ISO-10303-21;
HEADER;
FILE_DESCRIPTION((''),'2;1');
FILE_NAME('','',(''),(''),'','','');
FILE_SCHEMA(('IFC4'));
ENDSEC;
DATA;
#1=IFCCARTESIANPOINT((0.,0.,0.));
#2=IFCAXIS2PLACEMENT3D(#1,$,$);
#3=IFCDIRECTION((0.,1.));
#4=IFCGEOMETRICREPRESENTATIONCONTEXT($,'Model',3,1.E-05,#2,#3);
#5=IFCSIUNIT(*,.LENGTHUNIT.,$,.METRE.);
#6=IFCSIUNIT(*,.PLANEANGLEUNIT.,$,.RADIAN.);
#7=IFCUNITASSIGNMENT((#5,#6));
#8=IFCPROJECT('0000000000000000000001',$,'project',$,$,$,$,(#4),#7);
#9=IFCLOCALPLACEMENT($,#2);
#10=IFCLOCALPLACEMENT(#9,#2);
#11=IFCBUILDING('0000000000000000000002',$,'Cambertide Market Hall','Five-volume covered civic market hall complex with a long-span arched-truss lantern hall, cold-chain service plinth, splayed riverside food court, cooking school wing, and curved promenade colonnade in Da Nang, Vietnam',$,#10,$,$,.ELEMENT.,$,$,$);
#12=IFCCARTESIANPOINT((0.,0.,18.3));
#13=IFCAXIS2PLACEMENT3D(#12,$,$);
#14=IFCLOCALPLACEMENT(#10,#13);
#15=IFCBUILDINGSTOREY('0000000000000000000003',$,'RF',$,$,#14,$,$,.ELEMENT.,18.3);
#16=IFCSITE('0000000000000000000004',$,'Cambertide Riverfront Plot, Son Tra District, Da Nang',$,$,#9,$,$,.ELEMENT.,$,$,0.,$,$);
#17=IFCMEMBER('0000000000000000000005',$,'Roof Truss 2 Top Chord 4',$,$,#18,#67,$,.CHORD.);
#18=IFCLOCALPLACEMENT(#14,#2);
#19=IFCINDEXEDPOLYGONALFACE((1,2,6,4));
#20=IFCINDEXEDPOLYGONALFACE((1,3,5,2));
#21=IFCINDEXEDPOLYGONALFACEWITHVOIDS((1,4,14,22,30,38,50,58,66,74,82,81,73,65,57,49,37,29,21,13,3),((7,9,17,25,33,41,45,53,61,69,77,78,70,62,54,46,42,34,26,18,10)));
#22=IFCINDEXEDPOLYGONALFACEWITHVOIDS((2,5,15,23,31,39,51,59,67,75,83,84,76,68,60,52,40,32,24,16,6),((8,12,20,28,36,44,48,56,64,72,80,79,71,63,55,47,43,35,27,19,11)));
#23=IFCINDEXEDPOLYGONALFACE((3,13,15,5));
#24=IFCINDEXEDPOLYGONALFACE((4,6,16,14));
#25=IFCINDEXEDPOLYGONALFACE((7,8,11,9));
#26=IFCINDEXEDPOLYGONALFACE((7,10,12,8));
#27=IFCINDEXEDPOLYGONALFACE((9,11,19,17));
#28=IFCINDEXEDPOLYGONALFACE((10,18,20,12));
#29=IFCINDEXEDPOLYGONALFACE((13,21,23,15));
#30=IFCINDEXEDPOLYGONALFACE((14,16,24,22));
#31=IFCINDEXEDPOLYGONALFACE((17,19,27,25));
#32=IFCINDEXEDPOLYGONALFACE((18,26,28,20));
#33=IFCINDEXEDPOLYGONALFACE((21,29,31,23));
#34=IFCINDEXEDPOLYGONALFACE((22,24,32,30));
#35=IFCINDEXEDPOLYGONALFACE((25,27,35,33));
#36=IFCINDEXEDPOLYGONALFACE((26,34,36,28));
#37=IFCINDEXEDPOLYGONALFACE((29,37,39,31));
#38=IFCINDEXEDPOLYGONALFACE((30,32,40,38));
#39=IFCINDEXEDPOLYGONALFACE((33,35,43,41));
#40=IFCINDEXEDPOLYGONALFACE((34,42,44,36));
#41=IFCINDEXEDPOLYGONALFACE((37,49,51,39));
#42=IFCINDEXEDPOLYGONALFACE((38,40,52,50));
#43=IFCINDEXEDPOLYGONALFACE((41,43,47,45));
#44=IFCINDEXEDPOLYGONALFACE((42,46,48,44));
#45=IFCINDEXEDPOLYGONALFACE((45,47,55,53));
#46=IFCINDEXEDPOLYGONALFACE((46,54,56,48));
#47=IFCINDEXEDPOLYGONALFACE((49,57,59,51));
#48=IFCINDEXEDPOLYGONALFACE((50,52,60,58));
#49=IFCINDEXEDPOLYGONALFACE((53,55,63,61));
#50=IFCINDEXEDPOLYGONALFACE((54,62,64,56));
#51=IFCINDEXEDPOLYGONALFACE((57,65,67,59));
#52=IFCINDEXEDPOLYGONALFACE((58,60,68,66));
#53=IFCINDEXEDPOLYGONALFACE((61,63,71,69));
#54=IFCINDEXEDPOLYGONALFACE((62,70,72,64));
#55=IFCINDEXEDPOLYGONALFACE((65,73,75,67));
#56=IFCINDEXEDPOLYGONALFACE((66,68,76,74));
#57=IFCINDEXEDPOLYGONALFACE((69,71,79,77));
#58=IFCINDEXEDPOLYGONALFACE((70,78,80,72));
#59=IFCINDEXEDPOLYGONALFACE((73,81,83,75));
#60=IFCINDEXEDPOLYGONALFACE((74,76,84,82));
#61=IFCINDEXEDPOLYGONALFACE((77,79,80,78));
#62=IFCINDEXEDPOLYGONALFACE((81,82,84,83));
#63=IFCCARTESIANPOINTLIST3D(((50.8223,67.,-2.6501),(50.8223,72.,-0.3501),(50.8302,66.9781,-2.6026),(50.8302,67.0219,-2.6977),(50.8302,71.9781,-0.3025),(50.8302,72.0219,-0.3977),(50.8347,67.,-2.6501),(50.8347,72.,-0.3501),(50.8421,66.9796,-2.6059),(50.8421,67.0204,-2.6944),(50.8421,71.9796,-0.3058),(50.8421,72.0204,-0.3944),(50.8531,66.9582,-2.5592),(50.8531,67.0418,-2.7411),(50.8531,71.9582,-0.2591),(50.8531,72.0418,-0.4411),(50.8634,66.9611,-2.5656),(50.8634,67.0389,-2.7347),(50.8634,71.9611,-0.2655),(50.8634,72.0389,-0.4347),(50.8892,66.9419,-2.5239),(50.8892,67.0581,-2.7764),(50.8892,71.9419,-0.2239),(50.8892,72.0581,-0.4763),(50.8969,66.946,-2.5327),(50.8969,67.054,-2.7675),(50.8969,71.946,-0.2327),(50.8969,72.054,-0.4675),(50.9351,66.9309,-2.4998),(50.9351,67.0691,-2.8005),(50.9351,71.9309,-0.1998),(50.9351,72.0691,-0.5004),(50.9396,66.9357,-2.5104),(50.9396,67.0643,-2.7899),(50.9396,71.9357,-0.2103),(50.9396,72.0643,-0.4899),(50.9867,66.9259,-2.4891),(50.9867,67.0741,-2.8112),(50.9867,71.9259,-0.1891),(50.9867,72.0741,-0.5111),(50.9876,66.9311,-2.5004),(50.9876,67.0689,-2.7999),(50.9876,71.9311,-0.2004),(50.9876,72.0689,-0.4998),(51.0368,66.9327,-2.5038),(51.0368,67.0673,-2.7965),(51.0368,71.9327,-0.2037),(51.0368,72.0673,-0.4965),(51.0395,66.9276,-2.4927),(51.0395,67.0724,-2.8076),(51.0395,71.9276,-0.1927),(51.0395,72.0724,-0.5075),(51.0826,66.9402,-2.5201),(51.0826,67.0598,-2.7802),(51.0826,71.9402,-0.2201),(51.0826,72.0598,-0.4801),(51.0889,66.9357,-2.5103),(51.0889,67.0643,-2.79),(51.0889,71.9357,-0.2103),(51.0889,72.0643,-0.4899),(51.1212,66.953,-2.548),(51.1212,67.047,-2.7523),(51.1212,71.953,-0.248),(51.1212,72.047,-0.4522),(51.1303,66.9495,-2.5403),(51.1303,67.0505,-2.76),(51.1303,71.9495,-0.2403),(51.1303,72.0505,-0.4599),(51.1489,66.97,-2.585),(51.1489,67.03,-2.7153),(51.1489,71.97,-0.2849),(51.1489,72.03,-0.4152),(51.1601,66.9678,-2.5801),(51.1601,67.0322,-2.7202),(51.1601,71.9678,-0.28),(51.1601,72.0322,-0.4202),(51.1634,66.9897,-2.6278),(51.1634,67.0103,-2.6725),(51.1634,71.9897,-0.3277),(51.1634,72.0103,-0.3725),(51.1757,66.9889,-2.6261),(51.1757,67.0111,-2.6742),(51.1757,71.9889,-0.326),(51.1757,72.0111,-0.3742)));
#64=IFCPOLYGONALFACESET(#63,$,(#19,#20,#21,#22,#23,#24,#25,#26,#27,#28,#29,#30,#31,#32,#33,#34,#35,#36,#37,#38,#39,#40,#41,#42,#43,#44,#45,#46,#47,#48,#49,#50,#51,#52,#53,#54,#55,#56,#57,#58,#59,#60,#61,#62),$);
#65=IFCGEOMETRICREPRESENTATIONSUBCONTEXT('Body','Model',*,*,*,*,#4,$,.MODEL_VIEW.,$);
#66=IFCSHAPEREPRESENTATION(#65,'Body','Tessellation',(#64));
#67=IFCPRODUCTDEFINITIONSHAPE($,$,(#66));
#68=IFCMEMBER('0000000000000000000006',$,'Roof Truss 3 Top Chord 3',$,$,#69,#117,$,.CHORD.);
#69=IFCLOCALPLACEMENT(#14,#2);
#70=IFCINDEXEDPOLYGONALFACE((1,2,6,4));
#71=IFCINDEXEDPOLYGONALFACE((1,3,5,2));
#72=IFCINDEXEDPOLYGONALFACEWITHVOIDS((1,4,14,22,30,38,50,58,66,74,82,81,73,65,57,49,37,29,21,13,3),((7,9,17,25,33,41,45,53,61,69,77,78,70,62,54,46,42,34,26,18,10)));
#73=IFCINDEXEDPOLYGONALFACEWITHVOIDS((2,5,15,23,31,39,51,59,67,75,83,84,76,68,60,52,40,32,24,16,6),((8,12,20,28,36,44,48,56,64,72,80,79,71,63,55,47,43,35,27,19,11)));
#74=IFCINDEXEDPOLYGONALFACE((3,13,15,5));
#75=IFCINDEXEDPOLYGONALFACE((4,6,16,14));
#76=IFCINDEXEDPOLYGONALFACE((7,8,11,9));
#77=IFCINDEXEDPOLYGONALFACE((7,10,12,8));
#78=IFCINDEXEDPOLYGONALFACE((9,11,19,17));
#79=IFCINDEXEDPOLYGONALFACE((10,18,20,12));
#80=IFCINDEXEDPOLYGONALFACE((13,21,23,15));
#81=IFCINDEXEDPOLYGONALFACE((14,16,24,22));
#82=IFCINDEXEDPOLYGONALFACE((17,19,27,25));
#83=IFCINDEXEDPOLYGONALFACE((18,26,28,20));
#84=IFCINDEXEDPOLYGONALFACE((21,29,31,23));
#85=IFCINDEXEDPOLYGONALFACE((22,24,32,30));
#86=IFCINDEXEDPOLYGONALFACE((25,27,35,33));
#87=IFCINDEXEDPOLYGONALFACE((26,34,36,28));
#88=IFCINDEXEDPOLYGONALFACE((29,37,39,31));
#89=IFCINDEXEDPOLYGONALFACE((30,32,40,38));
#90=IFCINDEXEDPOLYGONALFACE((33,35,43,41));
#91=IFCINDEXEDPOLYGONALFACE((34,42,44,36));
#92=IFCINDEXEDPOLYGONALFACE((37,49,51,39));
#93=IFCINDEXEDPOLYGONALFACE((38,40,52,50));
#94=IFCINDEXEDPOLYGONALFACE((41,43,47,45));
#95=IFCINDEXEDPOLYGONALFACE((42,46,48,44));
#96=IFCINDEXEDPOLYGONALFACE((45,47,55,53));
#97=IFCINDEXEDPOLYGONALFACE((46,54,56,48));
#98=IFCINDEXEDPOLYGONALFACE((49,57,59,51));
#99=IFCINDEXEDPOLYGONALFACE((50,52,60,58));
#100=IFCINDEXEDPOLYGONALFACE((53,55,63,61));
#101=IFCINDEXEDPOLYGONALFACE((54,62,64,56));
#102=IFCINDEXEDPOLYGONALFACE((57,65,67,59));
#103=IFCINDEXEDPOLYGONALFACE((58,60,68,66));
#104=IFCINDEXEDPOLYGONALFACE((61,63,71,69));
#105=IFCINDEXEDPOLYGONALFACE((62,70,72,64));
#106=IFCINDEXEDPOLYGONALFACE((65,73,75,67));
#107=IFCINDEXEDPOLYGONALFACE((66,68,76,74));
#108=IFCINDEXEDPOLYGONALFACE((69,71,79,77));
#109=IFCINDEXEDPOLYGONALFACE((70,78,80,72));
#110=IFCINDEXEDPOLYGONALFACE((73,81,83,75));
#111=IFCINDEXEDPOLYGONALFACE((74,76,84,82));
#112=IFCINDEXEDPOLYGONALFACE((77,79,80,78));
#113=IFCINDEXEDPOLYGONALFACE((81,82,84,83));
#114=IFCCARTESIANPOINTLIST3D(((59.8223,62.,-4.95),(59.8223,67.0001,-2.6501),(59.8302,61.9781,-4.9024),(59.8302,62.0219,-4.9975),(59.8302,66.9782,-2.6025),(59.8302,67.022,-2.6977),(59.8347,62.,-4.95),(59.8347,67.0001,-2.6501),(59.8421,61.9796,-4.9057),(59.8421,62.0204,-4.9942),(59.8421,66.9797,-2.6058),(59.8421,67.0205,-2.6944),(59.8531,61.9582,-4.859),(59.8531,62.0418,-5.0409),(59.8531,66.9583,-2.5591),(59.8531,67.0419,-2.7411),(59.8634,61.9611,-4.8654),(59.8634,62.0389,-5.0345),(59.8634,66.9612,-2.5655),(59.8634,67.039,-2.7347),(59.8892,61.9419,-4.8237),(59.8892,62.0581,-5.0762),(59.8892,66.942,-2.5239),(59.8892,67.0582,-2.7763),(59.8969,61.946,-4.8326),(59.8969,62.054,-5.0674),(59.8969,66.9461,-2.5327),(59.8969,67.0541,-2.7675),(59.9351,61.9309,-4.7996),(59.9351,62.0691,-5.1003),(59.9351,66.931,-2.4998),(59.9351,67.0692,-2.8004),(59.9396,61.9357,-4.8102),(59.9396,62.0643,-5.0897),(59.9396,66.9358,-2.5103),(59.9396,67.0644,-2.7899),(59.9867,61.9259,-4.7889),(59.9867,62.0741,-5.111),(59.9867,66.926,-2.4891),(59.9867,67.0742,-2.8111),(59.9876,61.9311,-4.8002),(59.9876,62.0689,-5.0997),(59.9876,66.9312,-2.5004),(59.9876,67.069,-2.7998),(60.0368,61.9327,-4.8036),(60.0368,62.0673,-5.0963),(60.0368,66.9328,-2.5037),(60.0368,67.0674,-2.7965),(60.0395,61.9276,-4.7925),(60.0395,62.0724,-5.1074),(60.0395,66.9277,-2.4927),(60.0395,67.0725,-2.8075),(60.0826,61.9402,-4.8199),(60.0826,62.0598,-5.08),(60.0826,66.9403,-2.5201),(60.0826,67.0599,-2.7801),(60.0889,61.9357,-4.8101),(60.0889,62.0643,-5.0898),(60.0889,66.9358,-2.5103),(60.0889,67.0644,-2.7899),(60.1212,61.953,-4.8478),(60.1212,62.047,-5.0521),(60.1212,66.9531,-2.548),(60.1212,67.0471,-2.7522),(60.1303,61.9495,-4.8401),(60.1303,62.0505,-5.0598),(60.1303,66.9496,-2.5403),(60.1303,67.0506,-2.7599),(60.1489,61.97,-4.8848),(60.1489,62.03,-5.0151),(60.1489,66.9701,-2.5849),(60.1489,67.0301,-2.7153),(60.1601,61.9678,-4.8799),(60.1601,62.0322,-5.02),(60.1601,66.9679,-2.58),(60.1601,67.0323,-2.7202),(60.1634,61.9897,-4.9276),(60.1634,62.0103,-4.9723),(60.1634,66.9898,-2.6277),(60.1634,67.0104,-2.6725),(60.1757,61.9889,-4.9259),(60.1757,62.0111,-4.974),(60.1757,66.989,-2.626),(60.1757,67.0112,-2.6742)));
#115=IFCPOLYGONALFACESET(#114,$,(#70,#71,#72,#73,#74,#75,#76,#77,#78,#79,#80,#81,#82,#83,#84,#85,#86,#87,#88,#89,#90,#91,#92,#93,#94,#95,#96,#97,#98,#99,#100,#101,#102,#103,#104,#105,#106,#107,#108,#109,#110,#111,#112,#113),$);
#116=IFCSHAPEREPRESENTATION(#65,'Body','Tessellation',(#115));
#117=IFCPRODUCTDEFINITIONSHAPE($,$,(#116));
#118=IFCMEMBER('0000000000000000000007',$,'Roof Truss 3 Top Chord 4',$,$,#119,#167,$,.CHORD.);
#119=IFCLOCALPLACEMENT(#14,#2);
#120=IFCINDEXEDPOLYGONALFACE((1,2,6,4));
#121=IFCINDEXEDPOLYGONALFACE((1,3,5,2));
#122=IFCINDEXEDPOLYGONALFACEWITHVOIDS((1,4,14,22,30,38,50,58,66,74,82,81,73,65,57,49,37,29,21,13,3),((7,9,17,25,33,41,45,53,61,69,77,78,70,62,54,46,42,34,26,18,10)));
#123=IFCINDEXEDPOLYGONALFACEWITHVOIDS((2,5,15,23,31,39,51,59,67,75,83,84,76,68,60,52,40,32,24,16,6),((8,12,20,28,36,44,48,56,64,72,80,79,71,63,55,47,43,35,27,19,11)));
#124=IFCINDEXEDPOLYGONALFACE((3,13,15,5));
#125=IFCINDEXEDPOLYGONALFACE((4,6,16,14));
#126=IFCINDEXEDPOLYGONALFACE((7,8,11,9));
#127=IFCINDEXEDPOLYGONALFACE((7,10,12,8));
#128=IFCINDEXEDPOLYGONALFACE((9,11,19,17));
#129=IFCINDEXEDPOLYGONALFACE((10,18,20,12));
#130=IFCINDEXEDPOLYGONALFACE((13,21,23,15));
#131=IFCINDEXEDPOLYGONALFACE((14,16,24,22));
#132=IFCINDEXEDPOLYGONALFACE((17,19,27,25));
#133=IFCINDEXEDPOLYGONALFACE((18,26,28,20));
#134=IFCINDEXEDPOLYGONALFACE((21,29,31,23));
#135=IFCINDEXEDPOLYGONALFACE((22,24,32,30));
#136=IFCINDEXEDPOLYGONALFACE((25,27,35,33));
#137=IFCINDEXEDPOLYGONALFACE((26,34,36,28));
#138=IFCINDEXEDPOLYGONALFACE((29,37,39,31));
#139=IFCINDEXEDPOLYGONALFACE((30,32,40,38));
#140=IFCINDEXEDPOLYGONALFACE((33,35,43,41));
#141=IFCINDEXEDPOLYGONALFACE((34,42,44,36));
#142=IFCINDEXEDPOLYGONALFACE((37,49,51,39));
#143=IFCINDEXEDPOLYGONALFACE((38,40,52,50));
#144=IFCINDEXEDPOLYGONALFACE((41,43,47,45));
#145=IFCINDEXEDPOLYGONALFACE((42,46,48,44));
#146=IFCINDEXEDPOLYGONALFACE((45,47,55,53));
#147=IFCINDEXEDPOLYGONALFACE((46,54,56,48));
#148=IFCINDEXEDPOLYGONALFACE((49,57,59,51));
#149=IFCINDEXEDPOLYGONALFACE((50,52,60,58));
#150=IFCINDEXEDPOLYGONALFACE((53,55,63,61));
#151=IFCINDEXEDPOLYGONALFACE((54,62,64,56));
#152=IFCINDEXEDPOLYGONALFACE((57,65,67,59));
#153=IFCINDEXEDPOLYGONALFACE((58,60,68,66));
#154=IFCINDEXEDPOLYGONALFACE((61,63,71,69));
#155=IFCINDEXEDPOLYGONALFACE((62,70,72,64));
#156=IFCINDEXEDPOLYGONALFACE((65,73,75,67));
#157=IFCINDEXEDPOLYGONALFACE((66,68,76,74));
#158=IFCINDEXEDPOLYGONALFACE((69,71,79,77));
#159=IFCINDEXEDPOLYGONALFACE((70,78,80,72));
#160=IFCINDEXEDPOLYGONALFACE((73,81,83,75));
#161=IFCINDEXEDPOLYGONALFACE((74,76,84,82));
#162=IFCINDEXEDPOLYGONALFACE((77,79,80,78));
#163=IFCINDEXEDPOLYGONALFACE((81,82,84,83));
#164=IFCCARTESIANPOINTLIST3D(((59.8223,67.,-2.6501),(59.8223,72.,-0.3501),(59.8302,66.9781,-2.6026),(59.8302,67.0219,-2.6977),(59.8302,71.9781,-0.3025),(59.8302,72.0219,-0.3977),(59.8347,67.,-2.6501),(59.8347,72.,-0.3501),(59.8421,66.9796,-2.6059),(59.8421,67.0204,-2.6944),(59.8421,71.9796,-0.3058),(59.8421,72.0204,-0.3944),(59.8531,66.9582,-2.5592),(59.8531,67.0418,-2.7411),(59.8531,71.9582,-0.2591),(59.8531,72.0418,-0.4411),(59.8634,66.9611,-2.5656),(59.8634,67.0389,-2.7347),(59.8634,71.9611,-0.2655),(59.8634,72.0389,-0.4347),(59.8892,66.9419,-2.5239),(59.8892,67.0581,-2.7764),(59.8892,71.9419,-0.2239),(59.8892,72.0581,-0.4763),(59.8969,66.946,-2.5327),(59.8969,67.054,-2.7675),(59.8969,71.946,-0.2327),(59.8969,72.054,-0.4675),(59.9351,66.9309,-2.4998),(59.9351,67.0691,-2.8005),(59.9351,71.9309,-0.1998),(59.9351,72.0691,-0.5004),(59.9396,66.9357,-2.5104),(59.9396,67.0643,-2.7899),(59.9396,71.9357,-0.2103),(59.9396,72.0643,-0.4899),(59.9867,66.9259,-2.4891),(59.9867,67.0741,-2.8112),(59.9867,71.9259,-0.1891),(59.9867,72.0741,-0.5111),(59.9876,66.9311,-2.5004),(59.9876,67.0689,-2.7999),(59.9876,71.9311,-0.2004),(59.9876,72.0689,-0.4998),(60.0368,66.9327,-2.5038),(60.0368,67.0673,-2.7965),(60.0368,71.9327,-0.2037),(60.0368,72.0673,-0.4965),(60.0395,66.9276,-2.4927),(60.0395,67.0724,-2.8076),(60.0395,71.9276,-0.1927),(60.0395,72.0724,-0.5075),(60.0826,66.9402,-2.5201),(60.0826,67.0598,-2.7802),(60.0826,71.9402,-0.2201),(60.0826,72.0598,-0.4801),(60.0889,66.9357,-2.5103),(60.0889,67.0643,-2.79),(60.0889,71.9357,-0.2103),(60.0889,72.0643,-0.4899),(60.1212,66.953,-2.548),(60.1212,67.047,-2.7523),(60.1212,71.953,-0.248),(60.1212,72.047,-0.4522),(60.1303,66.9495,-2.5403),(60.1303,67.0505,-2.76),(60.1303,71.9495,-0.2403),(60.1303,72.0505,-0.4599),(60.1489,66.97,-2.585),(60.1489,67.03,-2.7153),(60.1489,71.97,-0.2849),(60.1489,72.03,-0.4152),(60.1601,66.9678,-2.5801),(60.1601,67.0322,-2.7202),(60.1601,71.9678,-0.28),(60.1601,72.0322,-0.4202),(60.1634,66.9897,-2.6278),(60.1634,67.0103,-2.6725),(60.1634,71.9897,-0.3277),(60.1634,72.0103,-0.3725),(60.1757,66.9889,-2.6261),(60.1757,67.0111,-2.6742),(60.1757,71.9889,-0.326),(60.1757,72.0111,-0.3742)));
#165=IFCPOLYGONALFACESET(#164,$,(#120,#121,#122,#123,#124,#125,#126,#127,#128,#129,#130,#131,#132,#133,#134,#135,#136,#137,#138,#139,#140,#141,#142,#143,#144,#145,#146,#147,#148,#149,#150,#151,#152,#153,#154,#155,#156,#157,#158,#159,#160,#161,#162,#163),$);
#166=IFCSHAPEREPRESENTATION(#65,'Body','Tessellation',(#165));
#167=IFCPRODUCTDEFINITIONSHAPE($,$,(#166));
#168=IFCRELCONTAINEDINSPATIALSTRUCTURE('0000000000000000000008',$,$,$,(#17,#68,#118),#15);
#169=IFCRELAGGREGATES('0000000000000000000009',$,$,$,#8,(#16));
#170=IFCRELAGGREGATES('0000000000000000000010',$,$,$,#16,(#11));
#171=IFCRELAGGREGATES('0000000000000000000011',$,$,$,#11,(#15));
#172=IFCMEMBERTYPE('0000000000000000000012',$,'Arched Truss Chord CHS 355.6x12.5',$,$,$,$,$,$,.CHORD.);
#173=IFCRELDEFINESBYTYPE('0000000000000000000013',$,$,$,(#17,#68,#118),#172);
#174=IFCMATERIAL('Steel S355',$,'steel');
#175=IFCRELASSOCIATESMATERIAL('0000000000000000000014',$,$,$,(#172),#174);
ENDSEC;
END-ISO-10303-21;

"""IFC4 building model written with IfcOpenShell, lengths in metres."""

from ifc_helpers import new_model, si_unit, direction, frame, origin, origin_2d, place, context, subcontext, project, spatial, hollow_circle, extrude, material, material_profile, profile_set, type_object, element, save


model = new_model("IFC4")

# Units and contexts
model_context = context("Model", 3, precision=1e-05, world=origin(), true_north=direction((0.0, 1.0)))
body_context = subcontext(model_context, "Body", "Model", "MODEL_VIEW")
ifc_project = project(units=[si_unit("LENGTHUNIT", "METRE"), si_unit("PLANEANGLEUNIT", "RADIAN")], contexts=[model_context])

# Site, building, storey
site_placement = place(None, origin())
site = spatial("IfcSite", under=ifc_project, at=site_placement, Name="Cambertide Riverfront Plot, Son Tra District, Da Nang", CompositionType="ELEMENT", RefElevation=0.0)
building_placement = place(site_placement, origin())
building = spatial("IfcBuilding", under=site, at=building_placement, Name="Cambertide Market Hall", Description="Five-volume covered civic market hall complex with a long-span arched-truss lantern hall, cold-chain service plinth, splayed riverside food court, cooking school wing, and curved promenade colonnade in Da Nang, Vietnam", CompositionType="ELEMENT")
storey_placement = place(building_placement, frame((0.0, 0.0, 18.3)))
storey = spatial("IfcBuildingStorey", under=building, at=storey_placement, Name="RF", CompositionType="ELEMENT", Elevation=18.3)

# Members
ifc_material_1 = material(Name="Steel S355", Category="steel")
ifc_material_profile_1 = material_profile(ifc_material_1, hollow_circle(Radius=0.1777, WallThickness=0.0125, at=origin_2d()), Name="CHS 355.6x12.5")
ifc_profile_set_1 = profile_set([ifc_material_profile_1], Name="Steel S355")
member_type_1 = type_object("IfcMemberType", Name="Arched Truss Chord CHS 355.6x12.5", PredefinedType="CHORD", material=ifc_profile_set_1)
for number, where, z_axis, x_axis, name in (
    (1, (51.0, 67.0, -2.6501), (0.0, 0.908487, 0.417913), (-1.0, 0.0, 0.0), "Roof Truss 2 Top Chord 4"),
    (2, (60.0, 62.0, -4.95), (0.0, 0.908504, 0.417876), (-1.0, 0.0, 0.0), "Roof Truss 3 Top Chord 3"),
    (3, (60.0, 67.0, -2.6501), (0.0, 0.908487, 0.417913), (-1.0, 0.0, 0.0), "Roof Truss 3 Top Chord 4"),
):
    element("IfcMember", number, at=place(storey_placement, frame(where, z_axis=z_axis, x_axis=x_axis)), inside=storey, type_object=member_type_1, Name=name, PredefinedType="CHORD", context=body_context, shape_type="SweptSolid", body=[
        extrude(hollow_circle(Radius=0.1777, WallThickness=0.0125, at=origin_2d()), origin(), (0.0, 0.0, 1.0), 5.5037),
    ])

save(model, "model.ifc")
